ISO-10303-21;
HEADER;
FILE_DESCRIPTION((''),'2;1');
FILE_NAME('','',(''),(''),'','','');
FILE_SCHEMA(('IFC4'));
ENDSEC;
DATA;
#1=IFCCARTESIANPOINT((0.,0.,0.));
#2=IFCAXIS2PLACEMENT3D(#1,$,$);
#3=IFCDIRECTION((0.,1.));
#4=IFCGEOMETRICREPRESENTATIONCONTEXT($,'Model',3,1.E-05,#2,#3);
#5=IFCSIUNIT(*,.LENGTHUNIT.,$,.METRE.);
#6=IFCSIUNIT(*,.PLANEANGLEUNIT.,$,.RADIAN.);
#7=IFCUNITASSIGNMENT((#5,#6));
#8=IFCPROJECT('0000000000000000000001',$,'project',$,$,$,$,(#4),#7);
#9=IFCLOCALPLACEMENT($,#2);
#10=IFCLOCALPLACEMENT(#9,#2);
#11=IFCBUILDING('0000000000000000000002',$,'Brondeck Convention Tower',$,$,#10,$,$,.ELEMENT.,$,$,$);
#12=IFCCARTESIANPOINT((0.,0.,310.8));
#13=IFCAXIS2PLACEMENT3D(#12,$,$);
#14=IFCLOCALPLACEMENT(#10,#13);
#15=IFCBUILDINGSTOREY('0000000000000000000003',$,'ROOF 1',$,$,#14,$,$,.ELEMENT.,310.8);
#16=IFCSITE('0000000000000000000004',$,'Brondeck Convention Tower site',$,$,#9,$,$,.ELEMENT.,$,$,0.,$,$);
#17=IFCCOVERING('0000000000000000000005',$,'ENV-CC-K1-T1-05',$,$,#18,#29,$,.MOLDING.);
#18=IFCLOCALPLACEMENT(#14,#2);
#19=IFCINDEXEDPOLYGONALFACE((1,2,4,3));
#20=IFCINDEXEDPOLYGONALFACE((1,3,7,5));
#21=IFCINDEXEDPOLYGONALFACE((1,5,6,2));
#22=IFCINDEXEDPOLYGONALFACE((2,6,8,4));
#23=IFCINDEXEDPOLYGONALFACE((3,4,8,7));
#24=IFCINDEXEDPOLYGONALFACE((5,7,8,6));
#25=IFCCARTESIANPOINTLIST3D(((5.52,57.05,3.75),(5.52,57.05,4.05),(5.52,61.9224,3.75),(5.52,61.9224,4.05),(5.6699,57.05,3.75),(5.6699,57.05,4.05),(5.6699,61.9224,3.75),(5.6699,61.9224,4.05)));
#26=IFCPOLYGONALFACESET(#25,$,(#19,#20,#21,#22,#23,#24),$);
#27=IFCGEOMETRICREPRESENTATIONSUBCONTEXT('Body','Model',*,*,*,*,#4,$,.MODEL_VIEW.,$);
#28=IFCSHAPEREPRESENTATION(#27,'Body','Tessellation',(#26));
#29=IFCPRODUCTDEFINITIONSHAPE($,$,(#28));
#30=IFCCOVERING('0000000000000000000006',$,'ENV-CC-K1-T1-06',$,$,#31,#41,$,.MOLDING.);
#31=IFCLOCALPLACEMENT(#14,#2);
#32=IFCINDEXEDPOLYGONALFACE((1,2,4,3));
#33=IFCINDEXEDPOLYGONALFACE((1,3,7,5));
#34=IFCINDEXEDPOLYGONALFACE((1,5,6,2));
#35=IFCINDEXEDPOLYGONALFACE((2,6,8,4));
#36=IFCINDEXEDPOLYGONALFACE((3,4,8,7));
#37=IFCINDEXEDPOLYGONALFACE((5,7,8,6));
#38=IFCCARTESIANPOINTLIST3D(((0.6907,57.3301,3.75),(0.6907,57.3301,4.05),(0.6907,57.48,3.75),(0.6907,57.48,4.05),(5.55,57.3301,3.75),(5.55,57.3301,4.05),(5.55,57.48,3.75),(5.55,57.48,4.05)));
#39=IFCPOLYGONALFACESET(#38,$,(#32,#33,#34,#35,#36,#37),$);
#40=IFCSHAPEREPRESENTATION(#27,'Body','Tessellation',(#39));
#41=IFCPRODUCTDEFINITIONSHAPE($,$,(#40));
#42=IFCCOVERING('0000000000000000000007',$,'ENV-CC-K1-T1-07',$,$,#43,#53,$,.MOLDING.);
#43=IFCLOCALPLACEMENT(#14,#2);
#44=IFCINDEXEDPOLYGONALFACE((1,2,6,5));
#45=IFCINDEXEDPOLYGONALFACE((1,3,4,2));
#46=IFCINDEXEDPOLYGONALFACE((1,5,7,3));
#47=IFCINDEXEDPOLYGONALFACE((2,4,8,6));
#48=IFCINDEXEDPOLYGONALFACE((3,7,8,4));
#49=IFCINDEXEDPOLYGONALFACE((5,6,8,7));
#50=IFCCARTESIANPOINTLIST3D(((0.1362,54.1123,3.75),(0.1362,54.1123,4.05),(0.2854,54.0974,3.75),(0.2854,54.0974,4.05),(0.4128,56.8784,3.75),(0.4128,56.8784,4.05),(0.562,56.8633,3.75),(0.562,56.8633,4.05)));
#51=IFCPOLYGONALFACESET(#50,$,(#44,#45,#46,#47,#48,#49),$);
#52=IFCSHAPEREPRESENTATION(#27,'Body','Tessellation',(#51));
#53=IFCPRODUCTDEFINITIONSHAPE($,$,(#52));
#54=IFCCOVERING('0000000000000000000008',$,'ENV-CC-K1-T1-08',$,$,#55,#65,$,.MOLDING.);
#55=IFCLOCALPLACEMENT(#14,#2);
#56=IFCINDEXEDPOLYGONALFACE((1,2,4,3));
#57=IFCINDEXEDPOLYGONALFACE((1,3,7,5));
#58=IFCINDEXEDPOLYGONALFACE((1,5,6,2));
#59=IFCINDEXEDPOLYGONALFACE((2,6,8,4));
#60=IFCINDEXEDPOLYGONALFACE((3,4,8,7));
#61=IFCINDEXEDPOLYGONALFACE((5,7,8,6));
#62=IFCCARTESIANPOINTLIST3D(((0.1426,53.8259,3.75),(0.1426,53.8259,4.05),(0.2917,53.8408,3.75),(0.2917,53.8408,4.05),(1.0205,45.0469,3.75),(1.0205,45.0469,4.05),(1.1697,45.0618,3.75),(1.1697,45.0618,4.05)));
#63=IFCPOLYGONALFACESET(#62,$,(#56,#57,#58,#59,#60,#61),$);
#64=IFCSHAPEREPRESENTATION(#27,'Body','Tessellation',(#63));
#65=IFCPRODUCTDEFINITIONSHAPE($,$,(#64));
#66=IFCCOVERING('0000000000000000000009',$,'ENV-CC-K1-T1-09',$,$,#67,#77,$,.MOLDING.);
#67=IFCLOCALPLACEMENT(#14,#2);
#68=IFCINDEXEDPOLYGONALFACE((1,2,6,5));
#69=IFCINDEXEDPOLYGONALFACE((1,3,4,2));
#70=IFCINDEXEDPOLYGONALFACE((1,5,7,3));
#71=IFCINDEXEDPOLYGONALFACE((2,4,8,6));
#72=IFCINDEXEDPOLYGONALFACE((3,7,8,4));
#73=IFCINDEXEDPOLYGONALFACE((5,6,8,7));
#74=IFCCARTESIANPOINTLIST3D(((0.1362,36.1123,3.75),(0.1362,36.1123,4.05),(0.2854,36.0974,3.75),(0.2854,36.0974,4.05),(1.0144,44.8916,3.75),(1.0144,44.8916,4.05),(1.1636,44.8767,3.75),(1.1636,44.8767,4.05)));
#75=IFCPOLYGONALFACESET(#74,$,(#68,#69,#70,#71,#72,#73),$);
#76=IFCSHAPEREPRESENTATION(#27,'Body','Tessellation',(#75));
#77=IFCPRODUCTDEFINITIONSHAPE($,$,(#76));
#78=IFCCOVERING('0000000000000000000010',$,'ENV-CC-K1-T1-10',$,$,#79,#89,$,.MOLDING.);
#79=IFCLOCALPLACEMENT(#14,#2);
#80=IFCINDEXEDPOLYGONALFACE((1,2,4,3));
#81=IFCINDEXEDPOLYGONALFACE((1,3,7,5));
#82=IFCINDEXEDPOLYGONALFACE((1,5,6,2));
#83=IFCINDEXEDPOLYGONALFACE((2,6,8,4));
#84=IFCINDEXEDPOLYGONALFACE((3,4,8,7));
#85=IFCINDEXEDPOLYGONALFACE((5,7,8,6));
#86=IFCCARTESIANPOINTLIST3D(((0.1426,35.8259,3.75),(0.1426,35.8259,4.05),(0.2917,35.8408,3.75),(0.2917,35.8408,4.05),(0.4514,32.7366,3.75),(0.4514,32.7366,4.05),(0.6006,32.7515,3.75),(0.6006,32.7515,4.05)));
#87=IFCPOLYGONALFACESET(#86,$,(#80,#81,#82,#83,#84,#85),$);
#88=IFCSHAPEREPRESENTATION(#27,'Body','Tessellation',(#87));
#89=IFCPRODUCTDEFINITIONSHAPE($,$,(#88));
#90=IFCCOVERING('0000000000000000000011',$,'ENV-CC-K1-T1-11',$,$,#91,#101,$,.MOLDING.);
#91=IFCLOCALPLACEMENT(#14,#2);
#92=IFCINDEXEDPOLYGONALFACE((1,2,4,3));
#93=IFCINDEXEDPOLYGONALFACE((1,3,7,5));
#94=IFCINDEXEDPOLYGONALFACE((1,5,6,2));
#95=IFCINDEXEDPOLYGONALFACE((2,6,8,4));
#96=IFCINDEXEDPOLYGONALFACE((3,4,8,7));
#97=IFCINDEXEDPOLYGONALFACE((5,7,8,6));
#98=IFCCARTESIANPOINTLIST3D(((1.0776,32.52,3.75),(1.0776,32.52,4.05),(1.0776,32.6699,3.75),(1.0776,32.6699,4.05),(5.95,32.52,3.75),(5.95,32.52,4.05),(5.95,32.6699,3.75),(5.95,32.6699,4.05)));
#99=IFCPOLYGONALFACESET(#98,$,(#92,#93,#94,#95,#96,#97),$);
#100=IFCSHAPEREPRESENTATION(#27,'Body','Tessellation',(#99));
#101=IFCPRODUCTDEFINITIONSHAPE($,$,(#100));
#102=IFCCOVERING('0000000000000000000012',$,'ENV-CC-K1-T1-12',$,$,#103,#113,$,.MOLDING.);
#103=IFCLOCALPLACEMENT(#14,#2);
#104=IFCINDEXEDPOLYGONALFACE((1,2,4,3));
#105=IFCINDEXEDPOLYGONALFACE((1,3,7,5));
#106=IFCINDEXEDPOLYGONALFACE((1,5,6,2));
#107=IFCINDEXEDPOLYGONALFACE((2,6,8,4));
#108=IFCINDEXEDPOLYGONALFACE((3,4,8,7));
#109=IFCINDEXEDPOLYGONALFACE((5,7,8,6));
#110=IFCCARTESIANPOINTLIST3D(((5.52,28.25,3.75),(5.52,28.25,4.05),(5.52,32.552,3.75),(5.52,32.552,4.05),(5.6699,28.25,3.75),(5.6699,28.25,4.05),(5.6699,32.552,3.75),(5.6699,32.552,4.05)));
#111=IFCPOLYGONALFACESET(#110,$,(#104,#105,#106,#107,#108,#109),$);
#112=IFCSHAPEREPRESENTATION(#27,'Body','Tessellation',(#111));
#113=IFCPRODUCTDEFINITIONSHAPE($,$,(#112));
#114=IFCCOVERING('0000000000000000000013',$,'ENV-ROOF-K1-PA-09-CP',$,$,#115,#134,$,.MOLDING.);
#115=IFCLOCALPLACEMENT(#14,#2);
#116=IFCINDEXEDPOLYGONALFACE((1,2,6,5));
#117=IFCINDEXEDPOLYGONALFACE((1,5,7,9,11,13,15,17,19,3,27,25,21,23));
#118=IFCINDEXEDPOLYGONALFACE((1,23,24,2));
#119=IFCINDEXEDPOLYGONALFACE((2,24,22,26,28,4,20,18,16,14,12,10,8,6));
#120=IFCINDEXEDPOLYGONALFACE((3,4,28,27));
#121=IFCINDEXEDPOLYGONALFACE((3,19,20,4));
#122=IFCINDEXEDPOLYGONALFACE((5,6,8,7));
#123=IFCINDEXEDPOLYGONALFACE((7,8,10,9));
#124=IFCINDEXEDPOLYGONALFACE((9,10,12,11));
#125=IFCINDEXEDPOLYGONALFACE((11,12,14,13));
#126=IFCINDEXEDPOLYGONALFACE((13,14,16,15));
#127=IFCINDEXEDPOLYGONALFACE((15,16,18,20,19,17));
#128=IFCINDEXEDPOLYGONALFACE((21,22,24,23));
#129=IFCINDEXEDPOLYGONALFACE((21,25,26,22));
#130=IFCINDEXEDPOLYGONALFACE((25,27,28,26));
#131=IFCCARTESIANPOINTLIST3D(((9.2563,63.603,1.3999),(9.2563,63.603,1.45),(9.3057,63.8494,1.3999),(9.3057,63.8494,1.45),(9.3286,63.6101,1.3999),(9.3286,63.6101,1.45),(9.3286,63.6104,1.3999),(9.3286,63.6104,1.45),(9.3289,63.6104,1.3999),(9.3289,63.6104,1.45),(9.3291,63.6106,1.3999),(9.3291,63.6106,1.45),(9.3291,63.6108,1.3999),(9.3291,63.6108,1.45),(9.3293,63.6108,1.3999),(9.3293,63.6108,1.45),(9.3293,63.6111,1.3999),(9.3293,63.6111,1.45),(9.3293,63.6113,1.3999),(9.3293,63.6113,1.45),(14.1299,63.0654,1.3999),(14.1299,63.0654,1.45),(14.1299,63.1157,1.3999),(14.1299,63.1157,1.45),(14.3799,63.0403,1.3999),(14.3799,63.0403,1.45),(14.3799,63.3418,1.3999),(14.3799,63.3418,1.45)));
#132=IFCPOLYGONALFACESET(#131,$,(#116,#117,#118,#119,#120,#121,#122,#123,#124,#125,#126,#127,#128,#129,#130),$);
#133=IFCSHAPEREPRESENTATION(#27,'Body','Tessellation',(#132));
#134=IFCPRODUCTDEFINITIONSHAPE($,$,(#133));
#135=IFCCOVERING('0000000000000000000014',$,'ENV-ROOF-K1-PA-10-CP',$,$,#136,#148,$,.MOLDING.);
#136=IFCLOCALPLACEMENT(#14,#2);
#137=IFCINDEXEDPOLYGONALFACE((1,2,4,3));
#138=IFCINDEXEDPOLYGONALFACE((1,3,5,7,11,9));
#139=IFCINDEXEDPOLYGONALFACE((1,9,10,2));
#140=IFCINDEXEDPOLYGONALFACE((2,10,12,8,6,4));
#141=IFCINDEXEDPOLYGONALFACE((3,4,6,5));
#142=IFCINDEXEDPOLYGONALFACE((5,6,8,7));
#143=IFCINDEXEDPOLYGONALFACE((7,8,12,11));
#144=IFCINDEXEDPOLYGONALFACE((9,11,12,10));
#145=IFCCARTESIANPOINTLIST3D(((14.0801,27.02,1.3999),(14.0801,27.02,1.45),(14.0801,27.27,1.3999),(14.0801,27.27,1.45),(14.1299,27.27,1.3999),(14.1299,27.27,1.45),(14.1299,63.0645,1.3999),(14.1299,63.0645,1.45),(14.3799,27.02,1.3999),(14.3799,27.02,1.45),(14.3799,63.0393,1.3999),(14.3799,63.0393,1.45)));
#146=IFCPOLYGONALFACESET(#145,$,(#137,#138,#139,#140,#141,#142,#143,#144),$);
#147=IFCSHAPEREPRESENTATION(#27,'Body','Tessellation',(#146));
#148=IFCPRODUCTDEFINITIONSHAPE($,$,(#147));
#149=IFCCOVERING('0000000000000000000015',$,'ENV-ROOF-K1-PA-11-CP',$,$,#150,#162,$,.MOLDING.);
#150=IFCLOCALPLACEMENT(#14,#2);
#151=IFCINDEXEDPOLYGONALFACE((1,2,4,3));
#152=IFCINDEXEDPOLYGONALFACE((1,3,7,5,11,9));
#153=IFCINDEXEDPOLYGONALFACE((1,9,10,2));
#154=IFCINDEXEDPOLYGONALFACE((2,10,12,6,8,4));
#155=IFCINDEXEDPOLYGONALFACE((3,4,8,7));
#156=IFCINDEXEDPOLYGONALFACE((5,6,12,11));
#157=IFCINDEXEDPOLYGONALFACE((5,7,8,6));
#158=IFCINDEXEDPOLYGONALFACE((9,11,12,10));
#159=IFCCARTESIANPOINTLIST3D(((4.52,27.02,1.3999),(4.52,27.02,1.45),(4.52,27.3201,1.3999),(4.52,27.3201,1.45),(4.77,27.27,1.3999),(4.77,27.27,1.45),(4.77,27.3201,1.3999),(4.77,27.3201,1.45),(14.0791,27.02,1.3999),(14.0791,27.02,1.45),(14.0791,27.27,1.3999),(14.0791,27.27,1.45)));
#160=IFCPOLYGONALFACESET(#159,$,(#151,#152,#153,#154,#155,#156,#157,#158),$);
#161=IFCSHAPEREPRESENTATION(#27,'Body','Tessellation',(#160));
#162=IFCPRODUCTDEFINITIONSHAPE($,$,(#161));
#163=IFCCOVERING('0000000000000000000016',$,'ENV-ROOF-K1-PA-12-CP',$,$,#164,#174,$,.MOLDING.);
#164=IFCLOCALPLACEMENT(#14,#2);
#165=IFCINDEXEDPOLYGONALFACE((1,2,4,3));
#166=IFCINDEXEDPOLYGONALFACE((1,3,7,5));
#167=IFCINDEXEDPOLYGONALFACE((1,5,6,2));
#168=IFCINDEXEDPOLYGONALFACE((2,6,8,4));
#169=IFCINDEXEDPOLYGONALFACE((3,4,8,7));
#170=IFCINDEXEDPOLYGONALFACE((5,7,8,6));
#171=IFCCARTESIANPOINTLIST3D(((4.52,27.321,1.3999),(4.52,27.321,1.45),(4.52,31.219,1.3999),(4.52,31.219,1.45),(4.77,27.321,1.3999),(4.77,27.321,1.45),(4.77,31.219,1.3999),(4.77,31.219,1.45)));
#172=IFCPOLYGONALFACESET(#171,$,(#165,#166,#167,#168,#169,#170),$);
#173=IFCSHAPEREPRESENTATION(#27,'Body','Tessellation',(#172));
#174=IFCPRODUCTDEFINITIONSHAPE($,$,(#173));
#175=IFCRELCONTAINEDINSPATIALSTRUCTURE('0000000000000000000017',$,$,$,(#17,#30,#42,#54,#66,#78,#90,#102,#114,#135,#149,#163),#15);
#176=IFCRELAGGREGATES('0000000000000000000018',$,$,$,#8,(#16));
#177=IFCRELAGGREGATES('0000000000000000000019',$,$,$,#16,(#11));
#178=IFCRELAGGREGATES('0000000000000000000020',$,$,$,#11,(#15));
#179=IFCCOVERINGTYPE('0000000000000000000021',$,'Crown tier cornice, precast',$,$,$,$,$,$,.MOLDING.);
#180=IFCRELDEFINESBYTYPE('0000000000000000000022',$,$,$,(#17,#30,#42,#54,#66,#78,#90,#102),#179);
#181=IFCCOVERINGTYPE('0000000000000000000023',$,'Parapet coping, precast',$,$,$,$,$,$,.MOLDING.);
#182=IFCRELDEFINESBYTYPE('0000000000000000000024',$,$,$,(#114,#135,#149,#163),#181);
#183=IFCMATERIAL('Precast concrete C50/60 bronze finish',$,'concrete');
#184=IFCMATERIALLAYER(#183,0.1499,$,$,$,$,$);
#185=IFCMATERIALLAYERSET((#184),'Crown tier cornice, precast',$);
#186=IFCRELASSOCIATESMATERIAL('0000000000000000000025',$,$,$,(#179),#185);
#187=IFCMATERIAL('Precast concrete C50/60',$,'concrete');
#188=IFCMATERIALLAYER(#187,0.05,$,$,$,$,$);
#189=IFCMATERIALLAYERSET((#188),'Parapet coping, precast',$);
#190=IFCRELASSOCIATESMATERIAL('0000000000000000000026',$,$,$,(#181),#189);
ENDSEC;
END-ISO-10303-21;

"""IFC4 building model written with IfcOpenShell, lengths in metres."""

from ifc_helpers import new_model, si_unit, direction, frame, origin, place, context, subcontext, project, spatial, polyline, outline, extrude, material, layer, layer_set, type_object, element, save


model = new_model("IFC4")

# Units and contexts
model_context = context("Model", 3, precision=1e-05, world=origin(), true_north=direction((0.0, 1.0)))
body_context = subcontext(model_context, "Body", "Model", "MODEL_VIEW")
ifc_project = project(units=[si_unit("LENGTHUNIT", "METRE"), si_unit("PLANEANGLEUNIT", "RADIAN")], contexts=[model_context])

# Site, building, storey
site_placement = place(None, origin())
site = spatial("IfcSite", under=ifc_project, at=site_placement, Name="Brondeck Convention Tower site", CompositionType="ELEMENT", RefElevation=0.0)
building_placement = place(site_placement, origin())
building = spatial("IfcBuilding", under=site, at=building_placement, Name="Brondeck Convention Tower", CompositionType="ELEMENT")
storey_placement = place(building_placement, frame((0.0, 0.0, 310.8)))
storey = spatial("IfcBuildingStorey", under=building, at=storey_placement, Name="ROOF 1", CompositionType="ELEMENT", Elevation=310.8)

# Shared definitions
ifc_material_1 = material(Name="Precast concrete C50/60", Category="concrete")

# Coverings
ifc_material_2 = material(Name="Precast concrete C50/60 bronze finish", Category="concrete")
ifc_layer_1 = layer(ifc_material_2, 0.1499)
ifc_layer_set_1 = layer_set([ifc_layer_1], Name="Crown tier cornice, precast")
covering_type_1 = type_object("IfcCoveringType", Name="Crown tier cornice, precast", PredefinedType="MOLDING", material=ifc_layer_set_1)
covering_1_placement = place(storey_placement, frame((0.0, 0.0, 3.75)))
element("IfcCovering", 1, at=covering_1_placement, inside=storey, type_object=covering_type_1, Name="ENV-CC-K1-T1-05", PredefinedType="MOLDING", context=body_context, shape_type="SweptSolid", body=[
    extrude(outline(polyline([(5.52, 61.9224), (5.52, 57.05), (5.6699, 57.05), (5.6699, 61.9224), (5.52, 61.9224)])), origin(), (0.0, 0.0, 1.0), 0.3),
])
covering_2_placement = place(storey_placement, frame((0.0, 0.0, 3.75)))
element("IfcCovering", 2, at=covering_2_placement, inside=storey, type_object=covering_type_1, Name="ENV-CC-K1-T1-06", PredefinedType="MOLDING", context=body_context, shape_type="SweptSolid", body=[
    extrude(outline(polyline([(5.55, 57.48), (0.6907, 57.48), (0.6907, 57.3301), (5.55, 57.3301), (5.55, 57.48)])), origin(), (0.0, 0.0, 1.0), 0.3),
])
covering_3_placement = place(storey_placement, frame((0.0, 0.0, 3.75)))
element("IfcCovering", 3, at=covering_3_placement, inside=storey, type_object=covering_type_1, Name="ENV-CC-K1-T1-07", PredefinedType="MOLDING", context=body_context, shape_type="SweptSolid", body=[
    extrude(outline(polyline([(0.4128, 56.8784), (0.1362, 54.1123), (0.2854, 54.0974), (0.562, 56.8633), (0.4128, 56.8784)])), origin(), (0.0, 0.0, 1.0), 0.3),
])
covering_4_placement = place(storey_placement, frame((0.0, 0.0, 3.75)))
element("IfcCovering", 4, at=covering_4_placement, inside=storey, type_object=covering_type_1, Name="ENV-CC-K1-T1-08", PredefinedType="MOLDING", context=body_context, shape_type="SweptSolid", body=[
    extrude(outline(polyline([(0.1426, 53.8259), (1.0205, 45.0469), (1.1697, 45.0618), (0.2917, 53.8408), (0.1426, 53.8259)])), origin(), (0.0, 0.0, 1.0), 0.3),
])
covering_5_placement = place(storey_placement, frame((0.0, 0.0, 3.75)))
element("IfcCovering", 5, at=covering_5_placement, inside=storey, type_object=covering_type_1, Name="ENV-CC-K1-T1-09", PredefinedType="MOLDING", context=body_context, shape_type="SweptSolid", body=[
    extrude(outline(polyline([(1.0144, 44.8916), (0.1362, 36.1123), (0.2854, 36.0974), (1.1636, 44.8767), (1.0144, 44.8916)])), origin(), (0.0, 0.0, 1.0), 0.3),
])
covering_6_placement = place(storey_placement, frame((0.0, 0.0, 3.75)))
element("IfcCovering", 6, at=covering_6_placement, inside=storey, type_object=covering_type_1, Name="ENV-CC-K1-T1-10", PredefinedType="MOLDING", context=body_context, shape_type="SweptSolid", body=[
    extrude(outline(polyline([(0.1426, 35.8259), (0.4514, 32.7366), (0.6006, 32.7515), (0.2917, 35.8408), (0.1426, 35.8259)])), origin(), (0.0, 0.0, 1.0), 0.3),
])
covering_7_placement = place(storey_placement, frame((0.0, 0.0, 3.75)))
element("IfcCovering", 7, at=covering_7_placement, inside=storey, type_object=covering_type_1, Name="ENV-CC-K1-T1-11", PredefinedType="MOLDING", context=body_context, shape_type="SweptSolid", body=[
    extrude(outline(polyline([(1.0776, 32.52), (5.95, 32.52), (5.95, 32.6699), (1.0776, 32.6699), (1.0776, 32.52)])), origin(), (0.0, 0.0, 1.0), 0.3),
])
covering_8_placement = place(storey_placement, frame((0.0, 0.0, 3.75)))
element("IfcCovering", 8, at=covering_8_placement, inside=storey, type_object=covering_type_1, Name="ENV-CC-K1-T1-12", PredefinedType="MOLDING", context=body_context, shape_type="SweptSolid", body=[
    extrude(outline(polyline([(5.52, 32.552), (5.52, 28.25), (5.6699, 28.25), (5.6699, 32.552), (5.52, 32.552)])), origin(), (0.0, 0.0, 1.0), 0.3),
])
ifc_layer_2 = layer(ifc_material_1, 0.05)
ifc_layer_set_2 = layer_set([ifc_layer_2], Name="Parapet coping, precast")
covering_type_2 = type_object("IfcCoveringType", Name="Parapet coping, precast", PredefinedType="MOLDING", material=ifc_layer_set_2)
covering_9_placement = place(storey_placement, frame((0.0, 0.0, 1.3999)))
element("IfcCovering", 9, at=covering_9_placement, inside=storey, type_object=covering_type_2, Name="ENV-ROOF-K1-PA-09-CP", PredefinedType="MOLDING", context=body_context, shape_type="SweptSolid", body=[
    extrude(outline(polyline([(14.1299, 63.1157), (14.1299, 63.0654), (14.3799, 63.0403), (14.3799, 63.3418), (9.3057, 63.8494), (9.3293, 63.6113), (9.3293, 63.6111), (9.3293, 63.6111), (9.3293, 63.6111), (9.3293, 63.6111), (9.3293, 63.6108), (9.3291, 63.6108), (9.3291, 63.6106), (9.3291, 63.6106), (9.3291, 63.6106), (9.3291, 63.6106), (9.3289, 63.6104), (9.3289, 63.6104), (9.3286, 63.6104), (9.3286, 63.6104), (9.3286, 63.6104), (9.3286, 63.6101), (9.2563, 63.603), (14.1299, 63.1157)])), origin(), (0.0, 0.0, 1.0), 0.05),
])
covering_10_placement = place(storey_placement, frame((0.0, 0.0, 1.3999)))
element("IfcCovering", 10, at=covering_10_placement, inside=storey, type_object=covering_type_2, Name="ENV-ROOF-K1-PA-10-CP", PredefinedType="MOLDING", context=body_context, shape_type="SweptSolid", body=[
    extrude(outline(polyline([(14.1299, 27.27), (14.0801, 27.27), (14.0801, 27.02), (14.3799, 27.02), (14.3799, 63.0393), (14.3799, 63.0393), (14.3799, 63.0393), (14.1299, 63.0645), (14.1299, 27.27)])), origin(), (0.0, 0.0, 1.0), 0.05),
])
covering_11_placement = place(storey_placement, frame((0.0, 0.0, 1.3999)))
element("IfcCovering", 11, at=covering_11_placement, inside=storey, type_object=covering_type_2, Name="ENV-ROOF-K1-PA-11-CP", PredefinedType="MOLDING", context=body_context, shape_type="SweptSolid", body=[
    extrude(outline(polyline([(4.77, 27.27), (4.77, 27.3201), (4.52, 27.3201), (4.52, 27.02), (14.0791, 27.02), (14.0791, 27.27), (4.77, 27.27)])), origin(), (0.0, 0.0, 1.0), 0.05),
])
covering_12_placement = place(storey_placement, frame((0.0, 0.0, 1.3999)))
element("IfcCovering", 12, at=covering_12_placement, inside=storey, type_object=covering_type_2, Name="ENV-ROOF-K1-PA-12-CP", PredefinedType="MOLDING", context=body_context, shape_type="SweptSolid", body=[
    extrude(outline(polyline([(4.77, 27.321), (4.77, 31.219), (4.52, 31.219), (4.52, 27.321), (4.77, 27.321)])), origin(), (0.0, 0.0, 1.0), 0.05),
])

save(model, "model.ifc")
